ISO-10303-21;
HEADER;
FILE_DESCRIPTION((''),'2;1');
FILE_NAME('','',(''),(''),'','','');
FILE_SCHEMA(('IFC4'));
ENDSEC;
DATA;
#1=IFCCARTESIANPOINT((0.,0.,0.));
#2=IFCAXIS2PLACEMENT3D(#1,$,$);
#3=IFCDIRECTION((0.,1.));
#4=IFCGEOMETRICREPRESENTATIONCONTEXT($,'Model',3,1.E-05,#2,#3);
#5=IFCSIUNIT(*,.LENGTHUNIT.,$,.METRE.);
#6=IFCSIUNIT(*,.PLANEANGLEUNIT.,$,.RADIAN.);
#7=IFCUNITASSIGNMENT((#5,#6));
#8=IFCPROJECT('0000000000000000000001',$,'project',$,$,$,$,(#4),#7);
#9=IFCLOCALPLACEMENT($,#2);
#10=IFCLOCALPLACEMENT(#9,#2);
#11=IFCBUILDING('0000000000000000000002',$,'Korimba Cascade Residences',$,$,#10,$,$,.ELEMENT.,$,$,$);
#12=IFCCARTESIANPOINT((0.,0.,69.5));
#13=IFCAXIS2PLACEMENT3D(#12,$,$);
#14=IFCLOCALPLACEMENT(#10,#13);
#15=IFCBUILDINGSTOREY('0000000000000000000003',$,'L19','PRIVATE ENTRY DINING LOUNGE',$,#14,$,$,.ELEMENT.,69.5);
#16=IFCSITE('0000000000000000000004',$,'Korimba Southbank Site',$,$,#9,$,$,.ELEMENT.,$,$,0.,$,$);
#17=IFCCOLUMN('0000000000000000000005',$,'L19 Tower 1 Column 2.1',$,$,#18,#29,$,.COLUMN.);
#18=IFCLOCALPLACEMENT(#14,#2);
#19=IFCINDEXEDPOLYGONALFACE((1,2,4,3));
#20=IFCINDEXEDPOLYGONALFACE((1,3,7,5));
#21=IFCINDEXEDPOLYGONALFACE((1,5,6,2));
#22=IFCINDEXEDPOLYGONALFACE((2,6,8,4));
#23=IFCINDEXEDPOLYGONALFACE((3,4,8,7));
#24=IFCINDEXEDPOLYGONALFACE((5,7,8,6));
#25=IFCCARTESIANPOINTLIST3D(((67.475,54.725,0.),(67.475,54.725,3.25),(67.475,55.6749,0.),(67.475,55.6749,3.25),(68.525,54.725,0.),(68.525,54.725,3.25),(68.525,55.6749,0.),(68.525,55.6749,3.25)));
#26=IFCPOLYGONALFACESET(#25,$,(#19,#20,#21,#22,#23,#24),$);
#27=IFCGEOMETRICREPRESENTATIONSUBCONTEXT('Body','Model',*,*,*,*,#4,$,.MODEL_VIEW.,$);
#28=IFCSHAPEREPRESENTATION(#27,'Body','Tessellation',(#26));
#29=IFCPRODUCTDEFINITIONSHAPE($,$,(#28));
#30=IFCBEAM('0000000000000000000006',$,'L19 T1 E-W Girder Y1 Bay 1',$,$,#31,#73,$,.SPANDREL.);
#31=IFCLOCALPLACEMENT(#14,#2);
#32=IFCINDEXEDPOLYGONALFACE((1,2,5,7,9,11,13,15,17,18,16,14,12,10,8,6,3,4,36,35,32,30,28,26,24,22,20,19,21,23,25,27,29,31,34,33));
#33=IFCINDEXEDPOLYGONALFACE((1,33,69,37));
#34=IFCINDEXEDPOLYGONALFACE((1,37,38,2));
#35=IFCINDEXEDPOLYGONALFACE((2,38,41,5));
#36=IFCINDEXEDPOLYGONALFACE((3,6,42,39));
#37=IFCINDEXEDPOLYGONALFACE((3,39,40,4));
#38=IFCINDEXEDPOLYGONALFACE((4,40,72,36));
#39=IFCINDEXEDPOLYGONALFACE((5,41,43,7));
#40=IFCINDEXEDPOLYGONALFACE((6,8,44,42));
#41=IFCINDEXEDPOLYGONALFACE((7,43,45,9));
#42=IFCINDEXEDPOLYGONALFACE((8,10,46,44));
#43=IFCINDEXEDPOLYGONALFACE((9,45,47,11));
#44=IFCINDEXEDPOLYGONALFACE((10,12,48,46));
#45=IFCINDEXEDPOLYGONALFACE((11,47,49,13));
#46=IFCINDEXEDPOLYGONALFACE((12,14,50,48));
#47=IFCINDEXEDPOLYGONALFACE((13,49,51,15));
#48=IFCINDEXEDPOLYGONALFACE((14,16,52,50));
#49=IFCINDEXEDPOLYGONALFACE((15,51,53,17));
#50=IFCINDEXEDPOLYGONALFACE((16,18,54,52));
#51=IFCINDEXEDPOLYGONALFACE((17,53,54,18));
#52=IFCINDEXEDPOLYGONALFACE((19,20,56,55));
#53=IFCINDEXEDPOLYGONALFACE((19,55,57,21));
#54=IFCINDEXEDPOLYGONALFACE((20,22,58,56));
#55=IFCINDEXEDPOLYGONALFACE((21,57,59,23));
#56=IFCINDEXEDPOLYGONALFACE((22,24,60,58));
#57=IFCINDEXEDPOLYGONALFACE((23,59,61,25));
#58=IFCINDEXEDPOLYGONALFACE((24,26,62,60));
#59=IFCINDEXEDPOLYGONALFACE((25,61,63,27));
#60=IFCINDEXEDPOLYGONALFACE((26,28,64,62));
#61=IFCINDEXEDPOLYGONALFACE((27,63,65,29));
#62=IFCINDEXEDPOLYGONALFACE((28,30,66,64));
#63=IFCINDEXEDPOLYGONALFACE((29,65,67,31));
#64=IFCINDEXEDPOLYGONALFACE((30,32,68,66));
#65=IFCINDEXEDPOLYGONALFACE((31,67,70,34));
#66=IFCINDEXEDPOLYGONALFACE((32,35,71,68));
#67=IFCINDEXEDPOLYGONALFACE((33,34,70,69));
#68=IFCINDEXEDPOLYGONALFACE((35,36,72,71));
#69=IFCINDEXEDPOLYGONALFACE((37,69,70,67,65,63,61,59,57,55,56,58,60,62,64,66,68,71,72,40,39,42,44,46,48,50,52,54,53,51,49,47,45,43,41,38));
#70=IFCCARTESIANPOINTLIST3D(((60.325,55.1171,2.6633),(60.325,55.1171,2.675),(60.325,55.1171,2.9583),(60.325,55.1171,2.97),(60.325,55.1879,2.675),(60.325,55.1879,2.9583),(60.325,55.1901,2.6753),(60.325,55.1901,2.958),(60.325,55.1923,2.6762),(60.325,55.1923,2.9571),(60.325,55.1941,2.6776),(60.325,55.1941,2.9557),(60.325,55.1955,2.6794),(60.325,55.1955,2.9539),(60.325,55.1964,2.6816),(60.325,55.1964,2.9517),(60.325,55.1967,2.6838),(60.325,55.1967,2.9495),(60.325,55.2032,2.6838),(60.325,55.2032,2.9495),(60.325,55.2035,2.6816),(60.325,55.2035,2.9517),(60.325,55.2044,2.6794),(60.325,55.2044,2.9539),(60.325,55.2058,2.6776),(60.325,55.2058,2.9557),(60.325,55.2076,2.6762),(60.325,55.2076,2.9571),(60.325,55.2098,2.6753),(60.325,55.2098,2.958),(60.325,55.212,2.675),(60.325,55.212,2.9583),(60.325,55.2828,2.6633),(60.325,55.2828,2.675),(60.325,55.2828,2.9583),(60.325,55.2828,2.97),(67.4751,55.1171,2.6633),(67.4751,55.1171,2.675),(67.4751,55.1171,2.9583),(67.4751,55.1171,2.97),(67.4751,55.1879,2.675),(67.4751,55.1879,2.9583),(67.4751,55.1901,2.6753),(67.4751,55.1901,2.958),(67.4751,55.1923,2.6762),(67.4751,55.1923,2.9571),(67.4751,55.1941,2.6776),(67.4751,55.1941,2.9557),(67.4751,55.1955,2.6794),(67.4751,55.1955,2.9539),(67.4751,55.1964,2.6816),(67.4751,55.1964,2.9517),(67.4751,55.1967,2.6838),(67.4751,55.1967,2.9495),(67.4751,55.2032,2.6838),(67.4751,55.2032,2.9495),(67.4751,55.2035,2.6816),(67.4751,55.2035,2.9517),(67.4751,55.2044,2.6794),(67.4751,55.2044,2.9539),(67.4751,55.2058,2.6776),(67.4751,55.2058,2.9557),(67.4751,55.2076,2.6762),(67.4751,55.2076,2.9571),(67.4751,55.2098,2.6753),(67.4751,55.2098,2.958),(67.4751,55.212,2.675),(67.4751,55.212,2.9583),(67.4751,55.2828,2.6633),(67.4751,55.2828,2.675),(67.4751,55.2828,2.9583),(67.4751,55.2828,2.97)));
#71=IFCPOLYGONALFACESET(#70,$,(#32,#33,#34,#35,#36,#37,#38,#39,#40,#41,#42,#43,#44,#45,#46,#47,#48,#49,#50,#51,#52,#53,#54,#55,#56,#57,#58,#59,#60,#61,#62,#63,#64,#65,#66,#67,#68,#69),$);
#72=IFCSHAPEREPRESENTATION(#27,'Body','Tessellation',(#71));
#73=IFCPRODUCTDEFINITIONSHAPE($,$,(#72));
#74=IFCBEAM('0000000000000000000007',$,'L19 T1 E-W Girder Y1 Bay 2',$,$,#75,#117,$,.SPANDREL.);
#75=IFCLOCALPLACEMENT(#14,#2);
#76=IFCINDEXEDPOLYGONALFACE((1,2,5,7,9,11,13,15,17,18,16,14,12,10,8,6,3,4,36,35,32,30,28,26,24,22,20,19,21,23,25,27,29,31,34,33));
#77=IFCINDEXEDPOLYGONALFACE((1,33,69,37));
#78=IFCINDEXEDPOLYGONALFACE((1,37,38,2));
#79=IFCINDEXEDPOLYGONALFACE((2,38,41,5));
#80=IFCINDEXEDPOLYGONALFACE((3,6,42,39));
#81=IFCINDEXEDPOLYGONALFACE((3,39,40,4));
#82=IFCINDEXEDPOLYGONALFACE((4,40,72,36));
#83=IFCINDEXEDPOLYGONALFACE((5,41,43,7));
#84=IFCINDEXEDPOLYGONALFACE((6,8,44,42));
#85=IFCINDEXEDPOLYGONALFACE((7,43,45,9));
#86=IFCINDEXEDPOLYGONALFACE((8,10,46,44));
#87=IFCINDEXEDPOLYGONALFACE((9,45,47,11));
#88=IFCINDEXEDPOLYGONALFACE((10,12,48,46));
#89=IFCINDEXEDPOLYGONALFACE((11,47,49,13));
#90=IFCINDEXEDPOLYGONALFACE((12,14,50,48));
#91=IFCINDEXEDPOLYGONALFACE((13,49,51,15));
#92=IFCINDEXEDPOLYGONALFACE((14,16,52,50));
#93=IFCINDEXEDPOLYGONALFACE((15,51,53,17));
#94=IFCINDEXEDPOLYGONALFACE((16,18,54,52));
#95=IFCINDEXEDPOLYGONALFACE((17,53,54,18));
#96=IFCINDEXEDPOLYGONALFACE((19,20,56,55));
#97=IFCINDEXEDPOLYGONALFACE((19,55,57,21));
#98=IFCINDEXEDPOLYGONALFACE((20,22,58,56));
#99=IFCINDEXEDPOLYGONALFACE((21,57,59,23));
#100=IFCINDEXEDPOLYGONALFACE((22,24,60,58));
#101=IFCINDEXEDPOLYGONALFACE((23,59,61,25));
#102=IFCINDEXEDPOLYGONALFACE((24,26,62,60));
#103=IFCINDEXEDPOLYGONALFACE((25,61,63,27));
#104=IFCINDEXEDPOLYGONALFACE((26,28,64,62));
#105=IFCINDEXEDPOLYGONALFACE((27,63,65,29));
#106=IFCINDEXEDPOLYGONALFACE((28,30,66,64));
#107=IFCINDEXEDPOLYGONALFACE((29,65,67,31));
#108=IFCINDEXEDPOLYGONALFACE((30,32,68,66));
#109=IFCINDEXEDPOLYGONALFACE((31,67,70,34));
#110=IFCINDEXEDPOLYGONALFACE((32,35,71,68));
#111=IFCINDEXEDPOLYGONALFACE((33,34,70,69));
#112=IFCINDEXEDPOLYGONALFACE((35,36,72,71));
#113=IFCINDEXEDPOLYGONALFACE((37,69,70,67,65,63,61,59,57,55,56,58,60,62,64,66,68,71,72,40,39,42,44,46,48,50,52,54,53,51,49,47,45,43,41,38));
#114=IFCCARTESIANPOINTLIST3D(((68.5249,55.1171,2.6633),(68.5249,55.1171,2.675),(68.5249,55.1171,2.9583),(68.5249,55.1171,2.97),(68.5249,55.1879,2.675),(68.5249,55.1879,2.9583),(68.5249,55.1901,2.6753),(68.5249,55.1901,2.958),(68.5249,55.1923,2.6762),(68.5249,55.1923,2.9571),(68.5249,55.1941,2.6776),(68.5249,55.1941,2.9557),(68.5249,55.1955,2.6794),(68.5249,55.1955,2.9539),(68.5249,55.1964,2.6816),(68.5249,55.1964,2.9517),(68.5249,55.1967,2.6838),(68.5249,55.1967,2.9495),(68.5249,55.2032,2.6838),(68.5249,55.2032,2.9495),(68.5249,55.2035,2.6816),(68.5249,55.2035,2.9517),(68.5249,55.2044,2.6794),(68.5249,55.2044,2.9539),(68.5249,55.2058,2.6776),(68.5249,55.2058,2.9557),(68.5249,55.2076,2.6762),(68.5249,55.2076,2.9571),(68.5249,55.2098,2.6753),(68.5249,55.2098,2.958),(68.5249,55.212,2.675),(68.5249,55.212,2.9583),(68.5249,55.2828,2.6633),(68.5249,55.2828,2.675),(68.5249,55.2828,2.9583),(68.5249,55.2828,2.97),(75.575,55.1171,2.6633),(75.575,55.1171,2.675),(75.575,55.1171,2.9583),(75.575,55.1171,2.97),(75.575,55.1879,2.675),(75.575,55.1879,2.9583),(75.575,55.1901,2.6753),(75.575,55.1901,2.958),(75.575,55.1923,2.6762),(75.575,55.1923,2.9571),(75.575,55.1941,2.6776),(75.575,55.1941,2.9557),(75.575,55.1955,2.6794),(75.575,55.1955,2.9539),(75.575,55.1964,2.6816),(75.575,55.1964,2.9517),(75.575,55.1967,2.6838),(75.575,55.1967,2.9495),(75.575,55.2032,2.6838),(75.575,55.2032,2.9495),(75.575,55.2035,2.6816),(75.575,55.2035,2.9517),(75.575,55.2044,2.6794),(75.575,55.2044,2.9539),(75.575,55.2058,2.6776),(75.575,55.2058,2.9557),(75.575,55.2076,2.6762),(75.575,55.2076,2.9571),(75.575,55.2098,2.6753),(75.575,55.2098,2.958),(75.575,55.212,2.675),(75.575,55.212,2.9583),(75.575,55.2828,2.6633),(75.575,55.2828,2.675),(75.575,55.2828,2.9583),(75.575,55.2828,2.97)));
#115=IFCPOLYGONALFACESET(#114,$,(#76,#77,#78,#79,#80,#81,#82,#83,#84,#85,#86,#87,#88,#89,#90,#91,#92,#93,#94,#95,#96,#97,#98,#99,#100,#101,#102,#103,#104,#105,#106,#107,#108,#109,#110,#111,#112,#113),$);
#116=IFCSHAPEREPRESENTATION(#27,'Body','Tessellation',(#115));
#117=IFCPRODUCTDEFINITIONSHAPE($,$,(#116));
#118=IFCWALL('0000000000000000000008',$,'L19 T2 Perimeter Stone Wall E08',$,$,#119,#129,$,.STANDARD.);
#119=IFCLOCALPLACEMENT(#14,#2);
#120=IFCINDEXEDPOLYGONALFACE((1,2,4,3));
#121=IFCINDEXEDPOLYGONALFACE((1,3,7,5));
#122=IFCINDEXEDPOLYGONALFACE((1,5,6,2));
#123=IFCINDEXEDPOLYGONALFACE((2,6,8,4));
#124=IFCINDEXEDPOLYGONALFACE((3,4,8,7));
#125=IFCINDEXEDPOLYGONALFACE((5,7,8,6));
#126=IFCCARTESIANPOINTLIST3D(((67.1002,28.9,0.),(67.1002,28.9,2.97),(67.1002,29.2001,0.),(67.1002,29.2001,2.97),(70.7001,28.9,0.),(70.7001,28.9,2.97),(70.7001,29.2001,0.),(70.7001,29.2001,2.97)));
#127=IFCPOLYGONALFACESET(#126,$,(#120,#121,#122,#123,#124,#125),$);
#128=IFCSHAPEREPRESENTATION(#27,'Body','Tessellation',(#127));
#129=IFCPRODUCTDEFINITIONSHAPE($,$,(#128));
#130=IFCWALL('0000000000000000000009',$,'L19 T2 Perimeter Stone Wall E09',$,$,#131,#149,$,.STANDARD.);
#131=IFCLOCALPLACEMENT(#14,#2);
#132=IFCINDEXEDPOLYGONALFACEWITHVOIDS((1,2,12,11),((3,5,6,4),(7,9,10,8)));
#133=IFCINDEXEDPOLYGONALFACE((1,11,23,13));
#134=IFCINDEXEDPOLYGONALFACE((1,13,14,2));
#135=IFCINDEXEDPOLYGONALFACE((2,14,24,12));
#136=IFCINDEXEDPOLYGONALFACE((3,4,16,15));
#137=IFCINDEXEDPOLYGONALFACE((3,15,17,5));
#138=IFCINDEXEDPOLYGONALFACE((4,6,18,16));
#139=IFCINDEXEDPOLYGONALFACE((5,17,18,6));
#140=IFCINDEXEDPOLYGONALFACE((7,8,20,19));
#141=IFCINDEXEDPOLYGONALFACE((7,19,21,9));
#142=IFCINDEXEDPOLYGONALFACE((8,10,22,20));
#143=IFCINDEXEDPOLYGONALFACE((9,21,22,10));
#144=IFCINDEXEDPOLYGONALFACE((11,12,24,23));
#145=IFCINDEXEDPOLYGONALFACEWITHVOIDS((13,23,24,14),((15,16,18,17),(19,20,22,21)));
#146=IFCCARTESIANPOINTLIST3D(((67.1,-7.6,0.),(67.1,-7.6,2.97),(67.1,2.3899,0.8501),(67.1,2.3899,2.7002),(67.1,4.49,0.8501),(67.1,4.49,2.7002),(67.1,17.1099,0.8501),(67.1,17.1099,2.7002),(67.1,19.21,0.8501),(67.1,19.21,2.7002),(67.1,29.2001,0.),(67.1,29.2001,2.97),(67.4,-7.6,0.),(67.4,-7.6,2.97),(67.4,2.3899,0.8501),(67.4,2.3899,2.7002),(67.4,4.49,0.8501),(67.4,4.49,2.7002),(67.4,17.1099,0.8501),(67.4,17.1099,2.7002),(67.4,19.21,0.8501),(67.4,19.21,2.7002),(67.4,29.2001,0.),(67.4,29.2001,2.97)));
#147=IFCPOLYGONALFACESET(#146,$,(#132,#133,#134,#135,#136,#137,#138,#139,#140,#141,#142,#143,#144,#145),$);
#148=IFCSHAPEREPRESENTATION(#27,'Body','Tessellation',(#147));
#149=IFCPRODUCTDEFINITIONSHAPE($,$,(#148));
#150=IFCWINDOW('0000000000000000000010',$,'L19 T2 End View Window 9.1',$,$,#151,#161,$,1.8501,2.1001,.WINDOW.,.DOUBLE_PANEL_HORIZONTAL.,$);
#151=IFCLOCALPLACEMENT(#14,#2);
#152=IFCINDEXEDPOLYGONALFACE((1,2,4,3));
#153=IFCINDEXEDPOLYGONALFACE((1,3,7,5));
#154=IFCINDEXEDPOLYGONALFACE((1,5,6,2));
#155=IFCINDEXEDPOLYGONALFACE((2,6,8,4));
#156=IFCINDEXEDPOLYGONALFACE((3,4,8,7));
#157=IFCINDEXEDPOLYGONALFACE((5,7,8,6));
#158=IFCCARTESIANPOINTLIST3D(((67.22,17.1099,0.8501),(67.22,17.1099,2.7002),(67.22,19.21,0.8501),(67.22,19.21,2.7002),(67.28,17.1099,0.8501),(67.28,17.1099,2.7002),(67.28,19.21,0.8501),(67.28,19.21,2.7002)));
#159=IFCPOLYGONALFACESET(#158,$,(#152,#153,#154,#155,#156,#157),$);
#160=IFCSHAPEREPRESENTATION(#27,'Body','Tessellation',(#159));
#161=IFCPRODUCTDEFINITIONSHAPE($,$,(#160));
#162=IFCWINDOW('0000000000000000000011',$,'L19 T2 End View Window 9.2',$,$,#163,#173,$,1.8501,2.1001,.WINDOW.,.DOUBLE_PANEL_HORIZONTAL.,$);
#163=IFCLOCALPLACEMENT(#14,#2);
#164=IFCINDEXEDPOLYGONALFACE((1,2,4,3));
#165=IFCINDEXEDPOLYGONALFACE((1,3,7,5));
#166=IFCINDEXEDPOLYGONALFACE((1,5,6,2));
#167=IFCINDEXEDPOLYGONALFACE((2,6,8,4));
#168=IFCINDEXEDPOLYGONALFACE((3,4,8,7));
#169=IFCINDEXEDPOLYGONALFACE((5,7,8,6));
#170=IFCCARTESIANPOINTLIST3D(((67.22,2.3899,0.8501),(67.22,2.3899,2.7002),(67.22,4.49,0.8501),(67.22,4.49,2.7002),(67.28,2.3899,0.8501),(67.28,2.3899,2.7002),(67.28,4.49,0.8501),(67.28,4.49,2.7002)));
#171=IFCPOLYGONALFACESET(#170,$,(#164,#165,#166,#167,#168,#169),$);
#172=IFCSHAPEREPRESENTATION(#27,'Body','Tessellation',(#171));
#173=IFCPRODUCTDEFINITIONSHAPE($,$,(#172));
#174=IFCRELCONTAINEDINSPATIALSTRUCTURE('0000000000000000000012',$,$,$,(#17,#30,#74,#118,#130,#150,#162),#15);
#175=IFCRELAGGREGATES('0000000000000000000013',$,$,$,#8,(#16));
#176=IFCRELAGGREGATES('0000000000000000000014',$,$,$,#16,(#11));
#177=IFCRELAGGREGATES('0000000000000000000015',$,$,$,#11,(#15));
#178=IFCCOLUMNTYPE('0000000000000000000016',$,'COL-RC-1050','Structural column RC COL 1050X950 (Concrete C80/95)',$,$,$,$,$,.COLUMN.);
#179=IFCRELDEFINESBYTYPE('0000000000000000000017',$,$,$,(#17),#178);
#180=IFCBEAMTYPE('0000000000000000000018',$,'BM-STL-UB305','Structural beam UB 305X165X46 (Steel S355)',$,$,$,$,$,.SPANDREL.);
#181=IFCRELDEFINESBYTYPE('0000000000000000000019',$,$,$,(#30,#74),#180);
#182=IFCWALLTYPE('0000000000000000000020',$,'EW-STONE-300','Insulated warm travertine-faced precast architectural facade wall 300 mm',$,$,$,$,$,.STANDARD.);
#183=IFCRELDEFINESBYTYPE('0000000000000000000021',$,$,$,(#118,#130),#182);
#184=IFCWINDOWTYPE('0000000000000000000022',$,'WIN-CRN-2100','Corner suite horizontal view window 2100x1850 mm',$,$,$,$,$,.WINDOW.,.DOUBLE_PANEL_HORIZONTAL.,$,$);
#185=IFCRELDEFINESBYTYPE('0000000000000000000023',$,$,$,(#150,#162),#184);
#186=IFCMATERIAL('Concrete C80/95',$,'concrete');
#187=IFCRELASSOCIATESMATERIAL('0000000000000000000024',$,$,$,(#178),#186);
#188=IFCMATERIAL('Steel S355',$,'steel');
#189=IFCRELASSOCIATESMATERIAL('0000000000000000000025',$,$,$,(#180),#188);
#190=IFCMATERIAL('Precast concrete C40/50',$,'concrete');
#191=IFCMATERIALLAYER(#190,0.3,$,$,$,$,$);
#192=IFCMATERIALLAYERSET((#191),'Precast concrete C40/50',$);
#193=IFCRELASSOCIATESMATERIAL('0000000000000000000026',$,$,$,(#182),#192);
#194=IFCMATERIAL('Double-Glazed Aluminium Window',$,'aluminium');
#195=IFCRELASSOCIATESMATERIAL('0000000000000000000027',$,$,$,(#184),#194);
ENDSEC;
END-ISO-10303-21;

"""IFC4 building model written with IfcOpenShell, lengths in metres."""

from ifc_helpers import new_model, si_unit, direction, frame, frame_2d, origin, origin_2d, place, context, subcontext, project, spatial, rectangle, i_section, extrude, material, layer, layer_set, material_profile, profile_set, type_object, element, fill, save


model = new_model("IFC4")

# Units and contexts
model_context = context("Model", 3, precision=1e-05, world=origin(), true_north=direction((0.0, 1.0)))
body_context = subcontext(model_context, "Body", "Model", "MODEL_VIEW")
ifc_project = project(units=[si_unit("LENGTHUNIT", "METRE"), si_unit("PLANEANGLEUNIT", "RADIAN")], contexts=[model_context])

# Site, building, storey
site_placement = place(None, origin())
site = spatial("IfcSite", under=ifc_project, at=site_placement, Name="Korimba Southbank Site", CompositionType="ELEMENT", RefElevation=0.0)
building_placement = place(site_placement, origin())
building = spatial("IfcBuilding", under=site, at=building_placement, Name="Korimba Cascade Residences", CompositionType="ELEMENT")
storey_placement = place(building_placement, frame((0.0, 0.0, 69.5)))
storey = spatial("IfcBuildingStorey", under=building, at=storey_placement, Name="L19", Description="PRIVATE ENTRY DINING LOUNGE", CompositionType="ELEMENT", Elevation=69.5)

# Column
ifc_material_1 = material(Name="Concrete C80/95", Category="concrete")
ifc_material_profile_1 = material_profile(ifc_material_1, rectangle(XDim=1.05, YDim=0.95, at=origin_2d()), Name="Concrete C80/95")
ifc_profile_set_1 = profile_set([ifc_material_profile_1], Name="Concrete C80/95")
column_type = type_object("IfcColumnType", Name="COL-RC-1050", Description="Structural column RC COL 1050X950 (Concrete C80/95)", PredefinedType="COLUMN", material=ifc_profile_set_1)
column_placement = place(storey_placement, frame((68.0, 55.2, 0.0), z_axis=(0.0, 0.0, 1.0), x_axis=(1.0, 0.0, 0.0)))
element("IfcColumn", 1, at=column_placement, inside=storey, type_object=column_type, Name="L19 Tower 1 Column 2.1", PredefinedType="COLUMN", context=body_context, shape_type="SweptSolid", body=[
    extrude(rectangle(XDim=1.05, YDim=0.95, at=origin_2d()), origin(), (0.0, 0.0, 1.0), 3.25),
])

# Beams
ifc_material_2 = material(Name="Steel S355", Category="steel")
ifc_material_profile_2 = material_profile(ifc_material_2, i_section(OverallWidth=0.1658, OverallDepth=0.3066, WebThickness=0.0066, FlangeThickness=0.0117, FilletRadius=0.0088, at=origin_2d()), Name="Steel S355")
ifc_profile_set_2 = profile_set([ifc_material_profile_2], Name="Steel S355")
beam_type = type_object("IfcBeamType", Name="BM-STL-UB305", Description="Structural beam UB 305X165X46 (Steel S355)", PredefinedType="SPANDREL", material=ifc_profile_set_2)
beam_1_placement = place(storey_placement, frame((60.325, 55.2, 2.8167), z_axis=(1.0, 0.0, 0.0), x_axis=(0.0, 1.0, 0.0)))
element("IfcBeam", 2, at=beam_1_placement, inside=storey, type_object=beam_type, Name="L19 T1 E-W Girder Y1 Bay 1", PredefinedType="SPANDREL", context=body_context, shape_type="SweptSolid", body=[
    extrude(i_section(OverallWidth=0.1658, OverallDepth=0.3066, WebThickness=0.0066, FlangeThickness=0.0117, FilletRadius=0.0088, at=origin_2d()), origin(), (0.0, 0.0, 1.0), 7.1501),
])
beam_2_placement = place(storey_placement, frame((68.5249, 55.2, 2.8167), z_axis=(1.0, 0.0, 0.0), x_axis=(0.0, 1.0, 0.0)))
element("IfcBeam", 3, at=beam_2_placement, inside=storey, type_object=beam_type, Name="L19 T1 E-W Girder Y1 Bay 2", PredefinedType="SPANDREL", context=body_context, shape_type="SweptSolid", body=[
    extrude(i_section(OverallWidth=0.1658, OverallDepth=0.3066, WebThickness=0.0066, FlangeThickness=0.0117, FilletRadius=0.0088, at=origin_2d()), origin(), (0.0, 0.0, 1.0), 7.05),
])

# Wall
ifc_material_3 = material(Name="Precast concrete C40/50", Category="concrete")
ifc_layer_1 = layer(ifc_material_3, 0.3)
ifc_layer_set_1 = layer_set([ifc_layer_1], Name="Precast concrete C40/50")
wall_type_1 = type_object("IfcWallType", Name="EW-STONE-300", Description="Insulated warm travertine-faced precast architectural facade wall 300 mm", PredefinedType="STANDARD", material=ifc_layer_set_1)
wall_1_placement = place(storey_placement, frame((70.7, 29.05, 0.0), z_axis=(0.0, 0.0, 1.0), x_axis=(-1.0, 0.0, 0.0)))
element("IfcWall", 4, at=wall_1_placement, inside=storey, type_object=wall_type_1, Name="L19 T2 Perimeter Stone Wall E08", PredefinedType="STANDARD", context=body_context, shape_type="SweptSolid", body=[
    extrude(rectangle(XDim=3.5999, YDim=0.3, at=frame_2d((1.7998, 0.0))), origin(), (0.0, 0.0, 1.0), 2.97),
])

# Wall, openings, windows
wall_2_placement = place(storey_placement, frame((67.25, 29.2, 0.0), z_axis=(0.0, 0.0, 1.0), x_axis=(0.0, -1.0, 0.0)))
wall_2 = element("IfcWall", 5, at=wall_2_placement, inside=storey, type_object=wall_type_1, Name="L19 T2 Perimeter Stone Wall E09", PredefinedType="STANDARD", context=body_context, shape_type="SweptSolid", body=[
    extrude(rectangle(XDim=36.8, YDim=0.3, at=frame_2d((18.3999, 0.0))), origin(), (0.0, 0.0, 1.0), 2.97),
])
opening_1_placement = place(wall_2_placement, frame((9.99, 0.0, 0.8501)))
opening_1 = element("IfcOpeningElement", 6, at=opening_1_placement, cuts=wall_2, PredefinedType="OPENING", context=body_context, shape_type="SweptSolid", body=[
    extrude(rectangle(XDim=2.1001, YDim=1.8501, at=frame_2d((1.05, 0.925))), frame((0.0, 0.1602, 0.0), z_axis=(0.0, -1.0, 0.0), x_axis=(1.0, 0.0, 0.0)), (0.0, 0.0, 1.0), 0.3201),
])
opening_2_placement = place(wall_2_placement, frame((24.71, 0.0, 0.8501)))
opening_2 = element("IfcOpeningElement", 7, at=opening_2_placement, cuts=wall_2, PredefinedType="OPENING", context=body_context, shape_type="SweptSolid", body=[
    extrude(rectangle(XDim=2.1001, YDim=1.8501, at=frame_2d((1.05, 0.925))), frame((0.0, 0.1602, 0.0), z_axis=(0.0, -1.0, 0.0), x_axis=(1.0, 0.0, 0.0)), (0.0, 0.0, 1.0), 0.3201),
])
ifc_material_4 = material(Name="Double-Glazed Aluminium Window", Category="aluminium")
window_type = type_object("IfcWindowType", Name="WIN-CRN-2100", Description="Corner suite horizontal view window 2100x1850 mm", PartitioningType="DOUBLE_PANEL_HORIZONTAL", PredefinedType="WINDOW", material=ifc_material_4)
window_1_placement = place(opening_1_placement, origin())
window_1 = element("IfcWindow", 8, at=window_1_placement, inside=storey, type_object=window_type, Name="L19 T2 End View Window 9.1", OverallHeight=1.8501, OverallWidth=2.1001, PartitioningType="DOUBLE_PANEL_HORIZONTAL", PredefinedType="WINDOW", context=body_context, shape_type="SweptSolid", body=[
    extrude(rectangle(XDim=2.1001, YDim=1.8501, at=frame_2d((1.05, 0.925))), frame((0.0, 0.03, 0.0), z_axis=(0.0, -1.0, 0.0), x_axis=(1.0, 0.0, 0.0)), (0.0, 0.0, 1.0), 0.0601),
])
fill(opening_1, window_1)
window_2_placement = place(opening_2_placement, origin())
window_2 = element("IfcWindow", 9, at=window_2_placement, inside=storey, type_object=window_type, Name="L19 T2 End View Window 9.2", OverallHeight=1.8501, OverallWidth=2.1001, PartitioningType="DOUBLE_PANEL_HORIZONTAL", PredefinedType="WINDOW", context=body_context, shape_type="SweptSolid", body=[
    extrude(rectangle(XDim=2.1001, YDim=1.8501, at=frame_2d((1.05, 0.925))), frame((0.0, 0.03, 0.0), z_axis=(0.0, -1.0, 0.0), x_axis=(1.0, 0.0, 0.0)), (0.0, 0.0, 1.0), 0.0601),
])
fill(opening_2, window_2)

save(model, "model.ifc")
